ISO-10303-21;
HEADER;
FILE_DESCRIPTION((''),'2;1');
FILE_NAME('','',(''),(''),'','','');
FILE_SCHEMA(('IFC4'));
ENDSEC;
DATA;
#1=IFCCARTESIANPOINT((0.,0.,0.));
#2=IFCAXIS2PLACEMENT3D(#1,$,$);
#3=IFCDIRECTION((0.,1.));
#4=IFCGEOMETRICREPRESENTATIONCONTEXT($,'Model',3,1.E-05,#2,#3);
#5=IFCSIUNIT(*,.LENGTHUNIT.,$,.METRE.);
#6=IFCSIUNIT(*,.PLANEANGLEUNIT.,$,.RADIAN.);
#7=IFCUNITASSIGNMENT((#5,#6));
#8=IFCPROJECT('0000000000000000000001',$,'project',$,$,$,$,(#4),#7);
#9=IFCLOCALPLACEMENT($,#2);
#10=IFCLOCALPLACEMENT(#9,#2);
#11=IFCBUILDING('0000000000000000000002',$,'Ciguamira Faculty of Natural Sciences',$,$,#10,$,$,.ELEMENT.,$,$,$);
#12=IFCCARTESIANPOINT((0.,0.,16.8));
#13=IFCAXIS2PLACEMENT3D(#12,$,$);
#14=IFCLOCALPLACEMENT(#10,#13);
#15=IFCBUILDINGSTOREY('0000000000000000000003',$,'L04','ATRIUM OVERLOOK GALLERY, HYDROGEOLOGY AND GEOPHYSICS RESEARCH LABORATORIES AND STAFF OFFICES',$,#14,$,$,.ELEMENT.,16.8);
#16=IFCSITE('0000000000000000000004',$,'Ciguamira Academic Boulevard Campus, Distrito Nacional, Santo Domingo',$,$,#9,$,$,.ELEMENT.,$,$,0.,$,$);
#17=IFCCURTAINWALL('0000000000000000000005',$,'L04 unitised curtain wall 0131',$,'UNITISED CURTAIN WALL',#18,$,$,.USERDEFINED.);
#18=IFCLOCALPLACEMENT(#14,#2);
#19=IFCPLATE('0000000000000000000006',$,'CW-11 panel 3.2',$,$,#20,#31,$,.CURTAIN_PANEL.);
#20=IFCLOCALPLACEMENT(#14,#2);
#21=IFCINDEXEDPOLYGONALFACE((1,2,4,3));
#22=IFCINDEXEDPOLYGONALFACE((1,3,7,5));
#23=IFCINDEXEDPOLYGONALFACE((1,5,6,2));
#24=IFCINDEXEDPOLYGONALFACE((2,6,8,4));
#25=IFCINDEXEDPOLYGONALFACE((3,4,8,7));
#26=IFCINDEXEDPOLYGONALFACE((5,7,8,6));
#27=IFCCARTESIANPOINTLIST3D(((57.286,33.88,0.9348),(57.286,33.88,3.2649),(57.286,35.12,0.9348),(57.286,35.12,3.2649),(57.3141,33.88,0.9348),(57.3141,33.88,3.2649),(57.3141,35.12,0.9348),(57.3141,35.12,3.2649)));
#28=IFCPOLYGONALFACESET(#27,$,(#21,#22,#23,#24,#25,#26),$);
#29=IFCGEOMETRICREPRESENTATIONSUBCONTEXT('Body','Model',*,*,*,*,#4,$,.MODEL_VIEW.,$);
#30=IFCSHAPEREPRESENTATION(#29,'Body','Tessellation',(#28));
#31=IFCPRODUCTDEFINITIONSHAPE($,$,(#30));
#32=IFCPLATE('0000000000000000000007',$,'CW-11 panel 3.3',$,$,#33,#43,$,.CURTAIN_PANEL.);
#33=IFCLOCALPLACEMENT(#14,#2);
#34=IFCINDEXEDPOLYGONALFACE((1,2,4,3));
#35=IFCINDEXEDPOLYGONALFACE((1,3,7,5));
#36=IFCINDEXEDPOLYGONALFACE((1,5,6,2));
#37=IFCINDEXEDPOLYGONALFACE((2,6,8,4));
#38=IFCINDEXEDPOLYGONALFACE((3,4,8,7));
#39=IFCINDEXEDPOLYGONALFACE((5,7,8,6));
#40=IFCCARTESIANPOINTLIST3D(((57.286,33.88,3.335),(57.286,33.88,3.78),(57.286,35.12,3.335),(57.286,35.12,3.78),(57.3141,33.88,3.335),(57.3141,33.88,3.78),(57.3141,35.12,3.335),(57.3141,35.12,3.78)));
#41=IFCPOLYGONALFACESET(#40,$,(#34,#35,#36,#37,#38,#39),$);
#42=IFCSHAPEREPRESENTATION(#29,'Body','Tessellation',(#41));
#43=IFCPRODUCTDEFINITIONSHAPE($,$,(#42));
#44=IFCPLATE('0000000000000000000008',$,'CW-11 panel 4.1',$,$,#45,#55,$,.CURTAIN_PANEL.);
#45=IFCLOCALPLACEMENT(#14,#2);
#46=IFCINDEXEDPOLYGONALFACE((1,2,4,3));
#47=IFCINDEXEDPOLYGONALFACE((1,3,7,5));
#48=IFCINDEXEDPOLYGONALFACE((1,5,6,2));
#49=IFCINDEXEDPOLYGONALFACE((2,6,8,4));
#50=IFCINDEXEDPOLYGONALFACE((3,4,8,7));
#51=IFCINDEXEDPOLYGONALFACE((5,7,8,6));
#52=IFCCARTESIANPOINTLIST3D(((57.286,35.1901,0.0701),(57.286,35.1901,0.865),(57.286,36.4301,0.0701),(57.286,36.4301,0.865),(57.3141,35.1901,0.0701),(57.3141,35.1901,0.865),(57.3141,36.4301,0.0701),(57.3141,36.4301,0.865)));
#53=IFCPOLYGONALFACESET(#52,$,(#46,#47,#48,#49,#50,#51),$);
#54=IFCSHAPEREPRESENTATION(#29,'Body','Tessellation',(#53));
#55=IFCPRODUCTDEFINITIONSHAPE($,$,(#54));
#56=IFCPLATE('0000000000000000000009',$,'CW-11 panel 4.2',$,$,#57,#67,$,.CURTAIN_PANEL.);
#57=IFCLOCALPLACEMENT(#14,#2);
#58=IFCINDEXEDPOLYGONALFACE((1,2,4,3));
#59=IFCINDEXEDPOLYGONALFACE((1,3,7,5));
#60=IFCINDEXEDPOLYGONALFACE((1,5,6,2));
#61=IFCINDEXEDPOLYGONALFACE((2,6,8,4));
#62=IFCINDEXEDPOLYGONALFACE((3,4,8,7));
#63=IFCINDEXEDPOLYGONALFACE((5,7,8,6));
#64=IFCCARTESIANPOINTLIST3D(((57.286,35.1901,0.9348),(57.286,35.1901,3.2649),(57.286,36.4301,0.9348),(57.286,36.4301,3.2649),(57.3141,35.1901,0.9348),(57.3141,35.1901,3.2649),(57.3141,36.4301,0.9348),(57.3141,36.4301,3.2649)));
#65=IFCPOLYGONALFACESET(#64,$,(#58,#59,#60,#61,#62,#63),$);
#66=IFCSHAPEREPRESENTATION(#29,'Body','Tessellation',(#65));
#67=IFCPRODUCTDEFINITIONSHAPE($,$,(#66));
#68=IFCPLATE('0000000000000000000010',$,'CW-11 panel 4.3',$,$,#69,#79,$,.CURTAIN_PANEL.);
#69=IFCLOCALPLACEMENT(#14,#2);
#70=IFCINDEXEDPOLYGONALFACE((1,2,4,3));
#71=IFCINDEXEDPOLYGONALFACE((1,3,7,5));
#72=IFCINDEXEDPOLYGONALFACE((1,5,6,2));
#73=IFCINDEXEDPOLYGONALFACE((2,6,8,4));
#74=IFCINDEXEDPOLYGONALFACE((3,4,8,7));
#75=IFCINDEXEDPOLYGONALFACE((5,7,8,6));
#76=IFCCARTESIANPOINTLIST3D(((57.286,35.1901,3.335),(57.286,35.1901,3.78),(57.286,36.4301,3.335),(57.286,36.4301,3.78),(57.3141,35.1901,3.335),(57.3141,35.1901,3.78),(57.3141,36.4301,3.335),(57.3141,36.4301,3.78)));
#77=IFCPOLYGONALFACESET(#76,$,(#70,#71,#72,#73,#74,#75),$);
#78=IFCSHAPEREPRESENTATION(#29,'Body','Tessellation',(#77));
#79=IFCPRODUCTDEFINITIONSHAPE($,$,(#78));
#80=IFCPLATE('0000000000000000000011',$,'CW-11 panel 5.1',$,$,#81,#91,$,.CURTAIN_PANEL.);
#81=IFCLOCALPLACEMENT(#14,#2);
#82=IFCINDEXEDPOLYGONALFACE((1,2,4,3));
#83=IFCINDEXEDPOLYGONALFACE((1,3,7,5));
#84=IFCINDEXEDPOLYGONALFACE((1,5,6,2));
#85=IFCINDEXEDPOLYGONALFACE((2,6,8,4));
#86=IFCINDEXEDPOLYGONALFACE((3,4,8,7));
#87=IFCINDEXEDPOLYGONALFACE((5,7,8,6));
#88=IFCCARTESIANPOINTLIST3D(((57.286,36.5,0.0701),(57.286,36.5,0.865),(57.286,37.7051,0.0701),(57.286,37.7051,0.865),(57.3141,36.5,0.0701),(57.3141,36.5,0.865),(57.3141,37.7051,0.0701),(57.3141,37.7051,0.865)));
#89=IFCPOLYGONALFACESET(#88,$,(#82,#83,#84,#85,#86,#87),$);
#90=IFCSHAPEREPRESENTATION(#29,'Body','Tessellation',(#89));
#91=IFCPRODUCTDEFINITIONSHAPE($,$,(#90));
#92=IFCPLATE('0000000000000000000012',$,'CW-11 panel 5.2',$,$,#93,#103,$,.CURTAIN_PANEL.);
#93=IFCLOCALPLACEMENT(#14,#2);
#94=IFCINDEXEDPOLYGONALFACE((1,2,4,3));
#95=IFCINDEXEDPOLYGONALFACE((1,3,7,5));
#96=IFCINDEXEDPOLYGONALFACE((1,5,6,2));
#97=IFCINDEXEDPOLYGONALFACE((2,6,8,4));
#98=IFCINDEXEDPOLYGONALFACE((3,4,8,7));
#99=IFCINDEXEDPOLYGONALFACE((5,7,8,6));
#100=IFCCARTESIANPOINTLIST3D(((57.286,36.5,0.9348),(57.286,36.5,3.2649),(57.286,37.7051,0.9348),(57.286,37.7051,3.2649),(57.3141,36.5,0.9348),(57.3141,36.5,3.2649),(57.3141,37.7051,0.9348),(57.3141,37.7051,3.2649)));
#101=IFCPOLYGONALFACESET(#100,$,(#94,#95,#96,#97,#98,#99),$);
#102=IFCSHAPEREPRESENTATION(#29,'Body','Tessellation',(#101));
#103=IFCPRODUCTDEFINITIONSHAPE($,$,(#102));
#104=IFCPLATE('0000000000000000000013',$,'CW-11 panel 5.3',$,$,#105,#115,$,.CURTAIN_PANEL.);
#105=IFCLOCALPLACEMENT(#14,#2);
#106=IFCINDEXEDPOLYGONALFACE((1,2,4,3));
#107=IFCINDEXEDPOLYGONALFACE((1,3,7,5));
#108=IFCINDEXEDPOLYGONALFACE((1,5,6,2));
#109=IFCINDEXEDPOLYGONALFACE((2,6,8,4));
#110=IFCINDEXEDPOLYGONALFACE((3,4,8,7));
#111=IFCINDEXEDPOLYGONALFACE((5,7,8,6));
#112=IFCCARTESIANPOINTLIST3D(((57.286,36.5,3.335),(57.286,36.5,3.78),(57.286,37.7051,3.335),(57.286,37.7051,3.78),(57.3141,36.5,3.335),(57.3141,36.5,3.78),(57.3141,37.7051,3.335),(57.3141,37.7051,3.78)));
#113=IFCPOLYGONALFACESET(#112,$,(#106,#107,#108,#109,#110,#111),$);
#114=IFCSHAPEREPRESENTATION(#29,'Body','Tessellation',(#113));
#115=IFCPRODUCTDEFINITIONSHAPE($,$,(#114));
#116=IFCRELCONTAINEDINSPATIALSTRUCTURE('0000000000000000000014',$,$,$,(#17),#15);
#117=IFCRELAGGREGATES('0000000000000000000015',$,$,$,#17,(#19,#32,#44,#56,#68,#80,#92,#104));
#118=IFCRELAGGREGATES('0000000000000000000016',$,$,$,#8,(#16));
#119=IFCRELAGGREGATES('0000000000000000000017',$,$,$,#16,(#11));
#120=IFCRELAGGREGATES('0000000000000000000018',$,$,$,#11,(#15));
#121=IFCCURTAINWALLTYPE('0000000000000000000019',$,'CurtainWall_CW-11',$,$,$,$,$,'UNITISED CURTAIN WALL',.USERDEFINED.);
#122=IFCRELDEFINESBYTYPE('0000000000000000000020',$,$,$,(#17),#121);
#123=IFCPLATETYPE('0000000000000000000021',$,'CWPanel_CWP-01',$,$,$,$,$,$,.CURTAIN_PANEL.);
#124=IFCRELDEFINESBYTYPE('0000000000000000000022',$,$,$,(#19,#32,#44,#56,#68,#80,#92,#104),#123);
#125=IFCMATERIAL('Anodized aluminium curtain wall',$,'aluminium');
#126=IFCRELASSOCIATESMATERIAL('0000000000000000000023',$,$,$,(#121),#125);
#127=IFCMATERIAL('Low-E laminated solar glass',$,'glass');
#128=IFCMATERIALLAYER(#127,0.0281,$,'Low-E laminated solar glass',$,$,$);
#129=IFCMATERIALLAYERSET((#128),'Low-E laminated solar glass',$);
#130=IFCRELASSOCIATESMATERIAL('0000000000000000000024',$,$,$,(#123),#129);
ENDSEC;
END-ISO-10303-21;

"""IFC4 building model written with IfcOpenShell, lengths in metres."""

from ifc_helpers import new_model, si_unit, direction, frame, origin, origin_2d, place, context, subcontext, project, spatial, rectangle, extrude, material, layer, layer_set, type_object, element, aggregate, save


model = new_model("IFC4")

# Units and contexts
model_context = context("Model", 3, precision=1e-05, world=origin(), true_north=direction((0.0, 1.0)))
body_context = subcontext(model_context, "Body", "Model", "MODEL_VIEW")
ifc_project = project(units=[si_unit("LENGTHUNIT", "METRE"), si_unit("PLANEANGLEUNIT", "RADIAN")], contexts=[model_context])

# Site, building, storey
site_placement = place(None, origin())
site = spatial("IfcSite", under=ifc_project, at=site_placement, Name="Ciguamira Academic Boulevard Campus, Distrito Nacional, Santo Domingo", CompositionType="ELEMENT", RefElevation=0.0)
building_placement = place(site_placement, origin())
building = spatial("IfcBuilding", under=site, at=building_placement, Name="Ciguamira Faculty of Natural Sciences", CompositionType="ELEMENT")
storey_placement = place(building_placement, frame((0.0, 0.0, 16.8)))
storey = spatial("IfcBuildingStorey", under=building, at=storey_placement, Name="L04", Description="ATRIUM OVERLOOK GALLERY, HYDROGEOLOGY AND GEOPHYSICS RESEARCH LABORATORIES AND STAFF OFFICES", CompositionType="ELEMENT", Elevation=16.8)

# Curtain wall
ifc_material_1 = material(Name="Anodized aluminium curtain wall", Category="aluminium")
curtain_wall_type = type_object("IfcCurtainWallType", Name="CurtainWall_CW-11", ElementType="UNITISED CURTAIN WALL", PredefinedType="USERDEFINED", material=ifc_material_1)
curtain_wall_placement = place(storey_placement, origin())
curtain_wall = element("IfcCurtainWall", 1, at=curtain_wall_placement, inside=storey, type_object=curtain_wall_type, Name="L04 unitised curtain wall 0131", ObjectType="UNITISED CURTAIN WALL", PredefinedType="USERDEFINED")

# Plates
ifc_material_2 = material(Name="Low-E laminated solar glass", Category="glass")
ifc_layer = layer(ifc_material_2, 0.0281, Name="Low-E laminated solar glass")
ifc_layer_set = layer_set([ifc_layer], Name="Low-E laminated solar glass")
plate_type = type_object("IfcPlateType", Name="CWPanel_CWP-01", PredefinedType="CURTAIN_PANEL", material=ifc_layer_set)
plate_1_placement = place(storey_placement, frame((57.3, 34.5, 0.9348), z_axis=(0.0, 0.0, 1.0), x_axis=(0.0, 1.0, 0.0)))
plate_1 = element("IfcPlate", 2, at=plate_1_placement, type_object=plate_type, Name="CW-11 panel 3.2", PredefinedType="CURTAIN_PANEL", context=body_context, shape_type="SweptSolid", body=[
    extrude(rectangle(XDim=1.24, YDim=0.0281, at=origin_2d()), origin(), (0.0, 0.0, 1.0), 2.3301),
])
plate_2_placement = place(storey_placement, frame((57.3, 34.5, 3.335), z_axis=(0.0, 0.0, 1.0), x_axis=(0.0, 1.0, 0.0)))
plate_2 = element("IfcPlate", 3, at=plate_2_placement, type_object=plate_type, Name="CW-11 panel 3.3", PredefinedType="CURTAIN_PANEL", context=body_context, shape_type="SweptSolid", body=[
    extrude(rectangle(XDim=1.24, YDim=0.0281, at=origin_2d()), origin(), (0.0, 0.0, 1.0), 0.4451),
])
plate_3_placement = place(storey_placement, frame((57.3, 35.8101, 0.0701), z_axis=(0.0, 0.0, 1.0), x_axis=(0.0, 1.0, 0.0)))
plate_3 = element("IfcPlate", 4, at=plate_3_placement, type_object=plate_type, Name="CW-11 panel 4.1", PredefinedType="CURTAIN_PANEL", context=body_context, shape_type="SweptSolid", body=[
    extrude(rectangle(XDim=1.24, YDim=0.0281, at=origin_2d()), origin(), (0.0, 0.0, 1.0), 0.7949),
])
plate_4_placement = place(storey_placement, frame((57.3, 35.8101, 0.9348), z_axis=(0.0, 0.0, 1.0), x_axis=(0.0, 1.0, 0.0)))
plate_4 = element("IfcPlate", 5, at=plate_4_placement, type_object=plate_type, Name="CW-11 panel 4.2", PredefinedType="CURTAIN_PANEL", context=body_context, shape_type="SweptSolid", body=[
    extrude(rectangle(XDim=1.24, YDim=0.0281, at=origin_2d()), origin(), (0.0, 0.0, 1.0), 2.3301),
])
plate_5_placement = place(storey_placement, frame((57.3, 35.8101, 3.335), z_axis=(0.0, 0.0, 1.0), x_axis=(0.0, 1.0, 0.0)))
plate_5 = element("IfcPlate", 6, at=plate_5_placement, type_object=plate_type, Name="CW-11 panel 4.3", PredefinedType="CURTAIN_PANEL", context=body_context, shape_type="SweptSolid", body=[
    extrude(rectangle(XDim=1.24, YDim=0.0281, at=origin_2d()), origin(), (0.0, 0.0, 1.0), 0.4451),
])
plate_6_placement = place(storey_placement, frame((57.3, 37.1025, 0.0701), z_axis=(0.0, 0.0, 1.0), x_axis=(0.0, 1.0, 0.0)))
plate_6 = element("IfcPlate", 7, at=plate_6_placement, type_object=plate_type, Name="CW-11 panel 5.1", PredefinedType="CURTAIN_PANEL", context=body_context, shape_type="SweptSolid", body=[
    extrude(rectangle(XDim=1.2051, YDim=0.0281, at=origin_2d()), origin(), (0.0, 0.0, 1.0), 0.7949),
])
plate_7_placement = place(storey_placement, frame((57.3, 37.1025, 0.9348), z_axis=(0.0, 0.0, 1.0), x_axis=(0.0, 1.0, 0.0)))
plate_7 = element("IfcPlate", 8, at=plate_7_placement, type_object=plate_type, Name="CW-11 panel 5.2", PredefinedType="CURTAIN_PANEL", context=body_context, shape_type="SweptSolid", body=[
    extrude(rectangle(XDim=1.2051, YDim=0.0281, at=origin_2d()), origin(), (0.0, 0.0, 1.0), 2.3301),
])
plate_8_placement = place(storey_placement, frame((57.3, 37.1025, 3.335), z_axis=(0.0, 0.0, 1.0), x_axis=(0.0, 1.0, 0.0)))
plate_8 = element("IfcPlate", 9, at=plate_8_placement, type_object=plate_type, Name="CW-11 panel 5.3", PredefinedType="CURTAIN_PANEL", context=body_context, shape_type="SweptSolid", body=[
    extrude(rectangle(XDim=1.2051, YDim=0.0281, at=origin_2d()), origin(), (0.0, 0.0, 1.0), 0.4451),
])
aggregate(curtain_wall, [plate_1, plate_2, plate_3, plate_4, plate_5, plate_6, plate_7, plate_8])

save(model, "model.ifc")
